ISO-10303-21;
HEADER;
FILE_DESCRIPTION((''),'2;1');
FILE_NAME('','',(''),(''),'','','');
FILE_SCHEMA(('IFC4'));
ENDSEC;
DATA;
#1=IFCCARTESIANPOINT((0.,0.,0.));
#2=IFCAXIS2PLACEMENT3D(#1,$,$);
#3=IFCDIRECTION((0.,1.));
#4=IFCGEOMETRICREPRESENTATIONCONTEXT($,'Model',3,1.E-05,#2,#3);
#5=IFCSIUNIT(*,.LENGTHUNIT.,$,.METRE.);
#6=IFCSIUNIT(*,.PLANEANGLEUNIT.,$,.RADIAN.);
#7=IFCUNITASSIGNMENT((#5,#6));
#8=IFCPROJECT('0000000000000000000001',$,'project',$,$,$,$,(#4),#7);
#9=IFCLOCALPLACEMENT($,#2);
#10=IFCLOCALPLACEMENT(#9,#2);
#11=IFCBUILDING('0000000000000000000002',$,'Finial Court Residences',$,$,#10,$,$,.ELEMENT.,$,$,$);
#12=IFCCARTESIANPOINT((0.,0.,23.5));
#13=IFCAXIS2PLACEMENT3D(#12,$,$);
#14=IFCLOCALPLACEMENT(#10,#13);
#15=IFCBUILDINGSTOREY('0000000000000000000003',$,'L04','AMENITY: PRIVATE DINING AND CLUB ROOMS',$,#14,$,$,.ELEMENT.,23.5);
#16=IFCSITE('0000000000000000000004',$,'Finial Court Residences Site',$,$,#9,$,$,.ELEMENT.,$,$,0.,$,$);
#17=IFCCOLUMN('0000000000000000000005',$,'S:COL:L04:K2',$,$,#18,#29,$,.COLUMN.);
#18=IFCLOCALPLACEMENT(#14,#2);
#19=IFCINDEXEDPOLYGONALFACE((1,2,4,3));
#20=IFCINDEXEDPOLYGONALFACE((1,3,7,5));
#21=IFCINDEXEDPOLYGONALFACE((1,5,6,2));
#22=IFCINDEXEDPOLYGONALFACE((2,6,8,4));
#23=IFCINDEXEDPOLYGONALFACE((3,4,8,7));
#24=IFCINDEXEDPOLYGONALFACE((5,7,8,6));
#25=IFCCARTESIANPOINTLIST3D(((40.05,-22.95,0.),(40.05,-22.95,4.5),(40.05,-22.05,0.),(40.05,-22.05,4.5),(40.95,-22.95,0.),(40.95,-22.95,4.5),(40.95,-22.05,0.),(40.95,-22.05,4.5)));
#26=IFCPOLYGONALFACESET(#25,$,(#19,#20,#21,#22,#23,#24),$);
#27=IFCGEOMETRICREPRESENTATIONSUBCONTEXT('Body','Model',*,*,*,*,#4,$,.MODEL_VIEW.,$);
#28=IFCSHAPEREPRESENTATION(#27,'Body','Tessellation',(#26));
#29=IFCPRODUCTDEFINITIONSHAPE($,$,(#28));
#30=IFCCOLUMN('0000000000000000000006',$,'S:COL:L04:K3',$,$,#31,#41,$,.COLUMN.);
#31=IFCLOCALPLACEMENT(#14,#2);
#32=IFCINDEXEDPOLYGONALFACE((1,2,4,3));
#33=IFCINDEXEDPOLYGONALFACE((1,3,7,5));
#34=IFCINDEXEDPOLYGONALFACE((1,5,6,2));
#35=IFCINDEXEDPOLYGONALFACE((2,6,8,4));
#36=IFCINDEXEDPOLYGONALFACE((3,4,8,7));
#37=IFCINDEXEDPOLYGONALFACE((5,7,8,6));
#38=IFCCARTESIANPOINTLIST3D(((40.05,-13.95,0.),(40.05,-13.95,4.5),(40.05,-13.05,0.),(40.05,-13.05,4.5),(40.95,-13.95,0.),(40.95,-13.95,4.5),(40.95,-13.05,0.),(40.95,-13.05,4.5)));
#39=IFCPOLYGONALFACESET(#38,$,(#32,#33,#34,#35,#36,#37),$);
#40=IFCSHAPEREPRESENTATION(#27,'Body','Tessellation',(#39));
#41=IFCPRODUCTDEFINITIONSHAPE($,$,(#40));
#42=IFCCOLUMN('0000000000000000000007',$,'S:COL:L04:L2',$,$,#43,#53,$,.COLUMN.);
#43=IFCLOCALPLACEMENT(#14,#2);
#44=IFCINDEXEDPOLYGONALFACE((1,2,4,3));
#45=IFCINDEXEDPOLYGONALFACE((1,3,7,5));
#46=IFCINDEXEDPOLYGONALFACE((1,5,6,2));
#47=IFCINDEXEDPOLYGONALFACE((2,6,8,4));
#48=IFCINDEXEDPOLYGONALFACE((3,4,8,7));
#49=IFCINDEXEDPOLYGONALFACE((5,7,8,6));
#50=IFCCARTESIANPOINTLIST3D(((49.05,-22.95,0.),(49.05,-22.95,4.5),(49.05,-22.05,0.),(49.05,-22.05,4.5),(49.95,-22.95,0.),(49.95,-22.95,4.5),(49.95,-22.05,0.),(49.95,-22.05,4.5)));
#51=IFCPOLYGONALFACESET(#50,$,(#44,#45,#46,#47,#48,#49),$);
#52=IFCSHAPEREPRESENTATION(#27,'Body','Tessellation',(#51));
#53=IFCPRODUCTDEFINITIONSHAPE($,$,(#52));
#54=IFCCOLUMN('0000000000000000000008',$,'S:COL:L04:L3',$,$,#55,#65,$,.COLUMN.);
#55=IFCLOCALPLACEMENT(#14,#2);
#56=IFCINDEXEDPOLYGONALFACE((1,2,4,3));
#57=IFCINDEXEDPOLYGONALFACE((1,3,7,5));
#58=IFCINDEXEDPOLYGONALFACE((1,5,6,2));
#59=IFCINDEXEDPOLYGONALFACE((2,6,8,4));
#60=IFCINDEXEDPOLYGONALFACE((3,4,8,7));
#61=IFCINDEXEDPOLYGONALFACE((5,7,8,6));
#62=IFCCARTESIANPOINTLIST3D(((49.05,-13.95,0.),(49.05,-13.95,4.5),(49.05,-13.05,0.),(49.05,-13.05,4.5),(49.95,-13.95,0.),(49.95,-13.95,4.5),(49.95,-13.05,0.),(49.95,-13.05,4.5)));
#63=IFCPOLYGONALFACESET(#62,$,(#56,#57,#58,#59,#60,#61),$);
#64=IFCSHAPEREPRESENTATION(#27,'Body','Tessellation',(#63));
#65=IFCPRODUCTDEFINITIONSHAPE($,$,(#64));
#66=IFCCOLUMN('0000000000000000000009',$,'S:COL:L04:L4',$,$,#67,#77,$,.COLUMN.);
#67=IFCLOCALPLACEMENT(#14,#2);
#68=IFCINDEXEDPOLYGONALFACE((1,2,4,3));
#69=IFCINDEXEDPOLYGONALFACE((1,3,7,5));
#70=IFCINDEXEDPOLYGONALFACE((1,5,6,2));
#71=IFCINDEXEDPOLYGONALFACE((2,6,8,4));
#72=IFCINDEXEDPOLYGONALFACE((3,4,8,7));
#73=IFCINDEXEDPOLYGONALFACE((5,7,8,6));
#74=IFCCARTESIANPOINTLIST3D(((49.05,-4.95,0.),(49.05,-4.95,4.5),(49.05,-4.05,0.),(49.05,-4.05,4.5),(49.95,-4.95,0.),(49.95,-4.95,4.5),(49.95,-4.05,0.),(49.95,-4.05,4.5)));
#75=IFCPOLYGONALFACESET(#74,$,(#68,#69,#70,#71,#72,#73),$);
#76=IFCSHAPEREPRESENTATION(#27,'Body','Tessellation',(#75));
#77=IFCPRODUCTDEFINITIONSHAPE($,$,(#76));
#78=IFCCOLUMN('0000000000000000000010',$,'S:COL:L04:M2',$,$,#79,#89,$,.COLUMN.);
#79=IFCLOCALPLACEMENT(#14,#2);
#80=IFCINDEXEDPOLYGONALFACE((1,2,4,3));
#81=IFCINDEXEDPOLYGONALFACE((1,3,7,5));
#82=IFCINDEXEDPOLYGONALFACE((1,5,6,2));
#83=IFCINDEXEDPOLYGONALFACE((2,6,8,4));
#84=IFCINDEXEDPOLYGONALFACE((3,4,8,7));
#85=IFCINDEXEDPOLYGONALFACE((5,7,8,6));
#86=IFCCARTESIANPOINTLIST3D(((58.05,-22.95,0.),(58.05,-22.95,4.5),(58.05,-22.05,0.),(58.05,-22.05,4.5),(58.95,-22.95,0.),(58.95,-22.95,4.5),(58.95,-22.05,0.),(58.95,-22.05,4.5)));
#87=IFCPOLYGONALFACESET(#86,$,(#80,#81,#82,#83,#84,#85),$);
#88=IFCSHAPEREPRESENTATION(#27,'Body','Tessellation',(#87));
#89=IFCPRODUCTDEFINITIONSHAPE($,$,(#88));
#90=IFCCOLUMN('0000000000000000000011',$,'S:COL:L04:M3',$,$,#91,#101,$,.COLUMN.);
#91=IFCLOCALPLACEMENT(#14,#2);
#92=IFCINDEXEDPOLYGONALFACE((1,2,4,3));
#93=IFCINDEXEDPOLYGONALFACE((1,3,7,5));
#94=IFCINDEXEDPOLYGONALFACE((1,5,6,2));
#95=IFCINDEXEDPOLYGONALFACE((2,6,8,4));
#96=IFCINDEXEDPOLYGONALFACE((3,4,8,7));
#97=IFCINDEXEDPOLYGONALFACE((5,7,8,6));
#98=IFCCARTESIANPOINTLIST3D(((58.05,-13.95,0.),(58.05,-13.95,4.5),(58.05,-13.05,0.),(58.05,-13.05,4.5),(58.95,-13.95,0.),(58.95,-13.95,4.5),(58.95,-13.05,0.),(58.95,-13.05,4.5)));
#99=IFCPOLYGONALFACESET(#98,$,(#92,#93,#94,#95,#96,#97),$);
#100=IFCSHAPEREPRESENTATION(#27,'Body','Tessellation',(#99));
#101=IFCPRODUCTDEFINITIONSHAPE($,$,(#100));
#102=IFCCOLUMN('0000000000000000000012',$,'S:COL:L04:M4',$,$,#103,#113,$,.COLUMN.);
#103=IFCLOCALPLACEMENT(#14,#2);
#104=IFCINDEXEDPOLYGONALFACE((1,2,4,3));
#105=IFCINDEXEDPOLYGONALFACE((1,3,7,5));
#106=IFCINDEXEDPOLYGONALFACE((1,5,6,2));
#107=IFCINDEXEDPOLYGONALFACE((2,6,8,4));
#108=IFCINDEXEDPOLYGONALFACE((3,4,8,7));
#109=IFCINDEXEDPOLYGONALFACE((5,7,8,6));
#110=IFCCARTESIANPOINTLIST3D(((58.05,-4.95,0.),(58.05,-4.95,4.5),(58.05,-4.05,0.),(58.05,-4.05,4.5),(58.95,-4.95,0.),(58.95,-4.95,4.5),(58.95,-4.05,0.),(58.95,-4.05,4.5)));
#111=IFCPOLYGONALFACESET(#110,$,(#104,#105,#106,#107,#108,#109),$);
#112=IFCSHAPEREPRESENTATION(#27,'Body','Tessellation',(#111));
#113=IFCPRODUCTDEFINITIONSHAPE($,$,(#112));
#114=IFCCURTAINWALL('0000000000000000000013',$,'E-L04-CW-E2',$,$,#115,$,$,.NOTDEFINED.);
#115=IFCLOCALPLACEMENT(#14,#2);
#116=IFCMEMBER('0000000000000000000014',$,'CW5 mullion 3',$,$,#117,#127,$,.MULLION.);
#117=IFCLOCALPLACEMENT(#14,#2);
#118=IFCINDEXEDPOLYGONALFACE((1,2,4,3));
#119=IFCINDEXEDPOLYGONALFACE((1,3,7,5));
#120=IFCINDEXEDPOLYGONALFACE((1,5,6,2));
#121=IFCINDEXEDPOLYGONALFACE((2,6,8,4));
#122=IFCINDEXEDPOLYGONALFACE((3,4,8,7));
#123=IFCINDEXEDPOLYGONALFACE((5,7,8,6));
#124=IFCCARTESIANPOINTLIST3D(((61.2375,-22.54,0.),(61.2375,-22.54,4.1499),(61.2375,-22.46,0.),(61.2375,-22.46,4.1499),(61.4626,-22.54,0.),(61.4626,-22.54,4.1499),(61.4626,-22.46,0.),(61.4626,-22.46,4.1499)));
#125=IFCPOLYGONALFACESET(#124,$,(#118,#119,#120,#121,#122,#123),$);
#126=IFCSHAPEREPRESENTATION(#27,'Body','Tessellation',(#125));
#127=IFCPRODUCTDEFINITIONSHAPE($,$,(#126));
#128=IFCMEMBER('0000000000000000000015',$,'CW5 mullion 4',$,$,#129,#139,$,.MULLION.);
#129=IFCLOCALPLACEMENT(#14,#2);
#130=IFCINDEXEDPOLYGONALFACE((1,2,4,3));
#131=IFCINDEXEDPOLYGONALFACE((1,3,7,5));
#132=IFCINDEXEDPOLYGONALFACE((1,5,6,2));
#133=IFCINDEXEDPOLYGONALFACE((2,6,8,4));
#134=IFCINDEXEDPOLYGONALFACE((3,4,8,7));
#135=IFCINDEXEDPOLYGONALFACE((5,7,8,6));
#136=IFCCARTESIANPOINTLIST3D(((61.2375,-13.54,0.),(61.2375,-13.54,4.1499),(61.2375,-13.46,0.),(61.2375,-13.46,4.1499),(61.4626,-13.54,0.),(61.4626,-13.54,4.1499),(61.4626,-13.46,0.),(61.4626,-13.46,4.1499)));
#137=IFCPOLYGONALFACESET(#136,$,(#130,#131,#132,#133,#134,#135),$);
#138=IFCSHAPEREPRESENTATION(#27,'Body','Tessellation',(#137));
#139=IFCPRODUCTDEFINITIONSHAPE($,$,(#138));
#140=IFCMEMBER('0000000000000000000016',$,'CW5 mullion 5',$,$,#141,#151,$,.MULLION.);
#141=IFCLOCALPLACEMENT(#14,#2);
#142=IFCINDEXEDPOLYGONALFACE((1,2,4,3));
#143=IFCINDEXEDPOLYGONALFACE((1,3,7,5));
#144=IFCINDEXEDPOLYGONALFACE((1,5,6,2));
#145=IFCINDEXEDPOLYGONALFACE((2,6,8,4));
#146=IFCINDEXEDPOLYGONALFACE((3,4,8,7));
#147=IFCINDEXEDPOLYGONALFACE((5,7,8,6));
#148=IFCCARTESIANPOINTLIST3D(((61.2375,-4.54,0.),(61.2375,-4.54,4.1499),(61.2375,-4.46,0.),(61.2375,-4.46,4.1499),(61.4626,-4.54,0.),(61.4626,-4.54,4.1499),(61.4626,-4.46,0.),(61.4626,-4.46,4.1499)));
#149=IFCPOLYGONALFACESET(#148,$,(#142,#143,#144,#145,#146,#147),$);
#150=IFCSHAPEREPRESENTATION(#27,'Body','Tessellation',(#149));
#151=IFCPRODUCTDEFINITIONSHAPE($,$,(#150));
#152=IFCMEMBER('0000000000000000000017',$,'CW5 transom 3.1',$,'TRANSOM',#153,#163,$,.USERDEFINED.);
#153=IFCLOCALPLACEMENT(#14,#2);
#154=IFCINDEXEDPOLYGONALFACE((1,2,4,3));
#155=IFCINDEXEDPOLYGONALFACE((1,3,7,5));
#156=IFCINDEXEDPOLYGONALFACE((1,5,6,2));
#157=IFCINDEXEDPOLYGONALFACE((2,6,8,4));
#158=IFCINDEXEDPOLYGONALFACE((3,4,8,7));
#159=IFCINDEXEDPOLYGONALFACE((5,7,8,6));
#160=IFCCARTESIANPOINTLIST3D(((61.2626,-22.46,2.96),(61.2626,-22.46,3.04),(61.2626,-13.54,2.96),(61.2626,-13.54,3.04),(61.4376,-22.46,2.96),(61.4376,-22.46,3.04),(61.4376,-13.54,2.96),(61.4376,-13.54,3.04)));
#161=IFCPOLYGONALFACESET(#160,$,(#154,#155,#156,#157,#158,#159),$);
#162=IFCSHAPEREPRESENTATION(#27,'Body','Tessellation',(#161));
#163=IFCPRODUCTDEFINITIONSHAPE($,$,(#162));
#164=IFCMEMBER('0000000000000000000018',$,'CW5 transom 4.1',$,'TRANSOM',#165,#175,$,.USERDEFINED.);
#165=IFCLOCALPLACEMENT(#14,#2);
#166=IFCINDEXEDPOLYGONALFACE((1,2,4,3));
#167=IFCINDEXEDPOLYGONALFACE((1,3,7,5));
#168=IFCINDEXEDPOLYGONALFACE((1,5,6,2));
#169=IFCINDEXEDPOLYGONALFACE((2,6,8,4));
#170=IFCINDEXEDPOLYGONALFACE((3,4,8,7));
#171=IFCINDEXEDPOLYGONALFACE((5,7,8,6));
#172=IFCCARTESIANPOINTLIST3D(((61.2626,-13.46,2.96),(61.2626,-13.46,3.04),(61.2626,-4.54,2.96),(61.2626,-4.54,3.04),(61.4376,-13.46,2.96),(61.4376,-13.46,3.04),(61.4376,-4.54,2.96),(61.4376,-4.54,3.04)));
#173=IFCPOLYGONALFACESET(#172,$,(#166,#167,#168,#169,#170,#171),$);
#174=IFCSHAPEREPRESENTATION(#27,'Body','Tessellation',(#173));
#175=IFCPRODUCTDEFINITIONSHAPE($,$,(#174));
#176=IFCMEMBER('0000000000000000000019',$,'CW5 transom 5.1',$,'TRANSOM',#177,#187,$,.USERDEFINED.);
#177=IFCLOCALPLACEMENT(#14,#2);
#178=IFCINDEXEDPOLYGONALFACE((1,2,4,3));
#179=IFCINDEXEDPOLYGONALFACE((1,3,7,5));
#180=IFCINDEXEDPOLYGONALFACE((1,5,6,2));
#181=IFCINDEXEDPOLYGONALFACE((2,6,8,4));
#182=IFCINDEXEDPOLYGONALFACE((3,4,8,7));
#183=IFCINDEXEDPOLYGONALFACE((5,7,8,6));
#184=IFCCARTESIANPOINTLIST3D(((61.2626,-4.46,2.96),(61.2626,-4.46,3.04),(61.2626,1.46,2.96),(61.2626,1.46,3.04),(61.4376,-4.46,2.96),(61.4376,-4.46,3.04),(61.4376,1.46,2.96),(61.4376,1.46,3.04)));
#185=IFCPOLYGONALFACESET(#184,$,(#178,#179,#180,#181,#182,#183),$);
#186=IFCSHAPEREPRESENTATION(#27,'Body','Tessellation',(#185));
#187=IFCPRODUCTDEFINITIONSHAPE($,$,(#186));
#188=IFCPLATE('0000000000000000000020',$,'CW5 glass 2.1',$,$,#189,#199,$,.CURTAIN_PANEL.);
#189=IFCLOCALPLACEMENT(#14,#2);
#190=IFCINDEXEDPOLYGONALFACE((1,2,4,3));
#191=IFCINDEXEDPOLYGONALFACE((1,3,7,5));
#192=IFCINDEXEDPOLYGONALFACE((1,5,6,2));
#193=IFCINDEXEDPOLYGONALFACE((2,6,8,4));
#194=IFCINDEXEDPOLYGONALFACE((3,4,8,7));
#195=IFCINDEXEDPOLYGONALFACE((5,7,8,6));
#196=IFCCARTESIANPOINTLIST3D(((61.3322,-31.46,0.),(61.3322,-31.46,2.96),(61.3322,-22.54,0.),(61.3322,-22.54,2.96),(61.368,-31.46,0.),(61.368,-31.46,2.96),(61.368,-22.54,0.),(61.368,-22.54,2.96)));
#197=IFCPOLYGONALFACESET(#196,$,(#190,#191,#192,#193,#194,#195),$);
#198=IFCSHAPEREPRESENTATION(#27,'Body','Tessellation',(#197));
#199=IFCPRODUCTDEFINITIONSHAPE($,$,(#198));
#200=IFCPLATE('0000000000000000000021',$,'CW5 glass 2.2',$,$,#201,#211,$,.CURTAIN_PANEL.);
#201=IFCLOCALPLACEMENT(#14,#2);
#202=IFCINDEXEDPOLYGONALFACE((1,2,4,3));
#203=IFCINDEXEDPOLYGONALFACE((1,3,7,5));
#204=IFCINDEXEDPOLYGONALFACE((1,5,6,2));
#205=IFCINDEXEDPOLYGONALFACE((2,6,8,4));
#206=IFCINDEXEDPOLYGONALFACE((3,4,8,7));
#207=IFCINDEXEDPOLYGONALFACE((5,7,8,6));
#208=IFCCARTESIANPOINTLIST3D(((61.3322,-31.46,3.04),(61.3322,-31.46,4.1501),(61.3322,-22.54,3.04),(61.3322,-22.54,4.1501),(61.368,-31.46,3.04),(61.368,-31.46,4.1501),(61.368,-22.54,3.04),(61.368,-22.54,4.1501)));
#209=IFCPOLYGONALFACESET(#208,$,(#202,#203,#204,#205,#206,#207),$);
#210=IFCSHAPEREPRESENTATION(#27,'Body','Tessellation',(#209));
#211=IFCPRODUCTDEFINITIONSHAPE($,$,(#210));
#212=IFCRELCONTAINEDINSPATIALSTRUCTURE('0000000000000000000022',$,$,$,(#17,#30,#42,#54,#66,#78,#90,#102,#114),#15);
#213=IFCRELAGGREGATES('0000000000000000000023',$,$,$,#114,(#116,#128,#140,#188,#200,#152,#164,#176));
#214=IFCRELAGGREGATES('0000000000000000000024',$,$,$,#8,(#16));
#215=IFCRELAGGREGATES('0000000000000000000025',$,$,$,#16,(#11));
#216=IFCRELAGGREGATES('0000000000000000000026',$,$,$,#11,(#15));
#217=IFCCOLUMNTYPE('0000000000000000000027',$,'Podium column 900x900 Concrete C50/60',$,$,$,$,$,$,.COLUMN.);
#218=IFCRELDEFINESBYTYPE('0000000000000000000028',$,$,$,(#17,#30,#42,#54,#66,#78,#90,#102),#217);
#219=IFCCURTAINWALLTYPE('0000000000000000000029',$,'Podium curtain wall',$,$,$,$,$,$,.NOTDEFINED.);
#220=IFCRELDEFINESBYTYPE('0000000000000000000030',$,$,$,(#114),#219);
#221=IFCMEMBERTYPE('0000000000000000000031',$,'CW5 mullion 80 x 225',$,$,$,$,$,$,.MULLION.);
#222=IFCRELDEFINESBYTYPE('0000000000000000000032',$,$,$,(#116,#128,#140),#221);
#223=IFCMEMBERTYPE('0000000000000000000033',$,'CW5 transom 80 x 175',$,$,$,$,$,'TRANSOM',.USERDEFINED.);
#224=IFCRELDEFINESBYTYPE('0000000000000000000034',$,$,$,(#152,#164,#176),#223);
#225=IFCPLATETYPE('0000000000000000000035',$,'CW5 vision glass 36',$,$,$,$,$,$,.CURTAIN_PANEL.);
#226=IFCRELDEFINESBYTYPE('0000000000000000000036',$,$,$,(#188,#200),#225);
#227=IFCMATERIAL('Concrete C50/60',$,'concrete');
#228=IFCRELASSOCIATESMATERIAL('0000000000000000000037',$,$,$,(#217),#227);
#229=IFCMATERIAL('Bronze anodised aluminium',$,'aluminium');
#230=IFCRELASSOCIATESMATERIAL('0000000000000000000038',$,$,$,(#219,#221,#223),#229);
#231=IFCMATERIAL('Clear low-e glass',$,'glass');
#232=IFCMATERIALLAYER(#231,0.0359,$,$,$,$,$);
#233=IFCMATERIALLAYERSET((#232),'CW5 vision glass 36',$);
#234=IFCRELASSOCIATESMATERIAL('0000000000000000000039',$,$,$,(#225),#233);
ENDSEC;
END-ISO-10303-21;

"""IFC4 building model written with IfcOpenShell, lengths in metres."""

from ifc_helpers import new_model, si_unit, direction, frame, origin, origin_2d, place, context, subcontext, project, spatial, rectangle, extrude, material, layer, layer_set, material_profile, profile_set, type_object, element, aggregate, save


model = new_model("IFC4")

# Units and contexts
model_context = context("Model", 3, precision=1e-05, world=origin(), true_north=direction((0.0, 1.0)))
body_context = subcontext(model_context, "Body", "Model", "MODEL_VIEW")
ifc_project = project(units=[si_unit("LENGTHUNIT", "METRE"), si_unit("PLANEANGLEUNIT", "RADIAN")], contexts=[model_context])

# Site, building, storey
site_placement = place(None, origin())
site = spatial("IfcSite", under=ifc_project, at=site_placement, Name="Finial Court Residences Site", CompositionType="ELEMENT", RefElevation=0.0)
building_placement = place(site_placement, origin())
building = spatial("IfcBuilding", under=site, at=building_placement, Name="Finial Court Residences", CompositionType="ELEMENT")
storey_placement = place(building_placement, frame((0.0, 0.0, 23.5)))
storey = spatial("IfcBuildingStorey", under=building, at=storey_placement, Name="L04", Description="AMENITY: PRIVATE DINING AND CLUB ROOMS", CompositionType="ELEMENT", Elevation=23.5)

# Columns
ifc_material_1 = material(Name="Concrete C50/60", Category="concrete")
ifc_material_profile_1 = material_profile(ifc_material_1, rectangle(XDim=0.8999, YDim=0.8999, at=origin_2d()), Name="900x900")
ifc_profile_set_1 = profile_set([ifc_material_profile_1], Name="Concrete C50/60")
column_type = type_object("IfcColumnType", Name="Podium column 900x900 Concrete C50/60", PredefinedType="COLUMN", material=ifc_profile_set_1)
for number, where, z_axis, x_axis, name in (
    (1, (40.5, -22.5, 0.0), (0.0, 0.0, 1.0), (1.0, 0.0, 0.0), "S:COL:L04:K2"),
    (2, (40.5, -13.5, 0.0), (0.0, 0.0, 1.0), (1.0, 0.0, 0.0), "S:COL:L04:K3"),
    (3, (49.5, -22.5, 0.0), (0.0, 0.0, 1.0), (1.0, 0.0, 0.0), "S:COL:L04:L2"),
    (4, (49.5, -13.5, 0.0), (0.0, 0.0, 1.0), (1.0, 0.0, 0.0), "S:COL:L04:L3"),
    (5, (49.5, -4.5, 0.0), (0.0, 0.0, 1.0), (1.0, 0.0, 0.0), "S:COL:L04:L4"),
    (6, (58.5, -22.5, 0.0), (0.0, 0.0, 1.0), (1.0, 0.0, 0.0), "S:COL:L04:M2"),
    (7, (58.5, -13.5, 0.0), (0.0, 0.0, 1.0), (1.0, 0.0, 0.0), "S:COL:L04:M3"),
    (8, (58.5, -4.5, 0.0), (0.0, 0.0, 1.0), (1.0, 0.0, 0.0), "S:COL:L04:M4"),
):
    element("IfcColumn", number, at=place(storey_placement, frame(where, z_axis=z_axis, x_axis=x_axis)), inside=storey, type_object=column_type, Name=name, PredefinedType="COLUMN", context=body_context, shape_type="SweptSolid", body=[
        extrude(rectangle(XDim=0.8999, YDim=0.8999, at=origin_2d()), origin(), (0.0, 0.0, 1.0), 4.5),
    ])

# Curtain wall, members, plates
ifc_material_2 = material(Name="Bronze anodised aluminium", Category="aluminium")
curtain_wall_type = type_object("IfcCurtainWallType", Name="Podium curtain wall", PredefinedType="NOTDEFINED", material=ifc_material_2)
curtain_wall_placement = place(storey_placement, origin())
curtain_wall = element("IfcCurtainWall", 9, at=curtain_wall_placement, inside=storey, type_object=curtain_wall_type, Name="E-L04-CW-E2", PredefinedType="NOTDEFINED")
ifc_material_profile_2 = material_profile(ifc_material_2, rectangle(XDim=0.2251, YDim=0.0801, at=origin_2d()), Name="CW5 mullion 80 x 225")
ifc_profile_set_2 = profile_set([ifc_material_profile_2], Name="Bronze anodised aluminium")
member_type_1 = type_object("IfcMemberType", Name="CW5 mullion 80 x 225", PredefinedType="MULLION", material=ifc_profile_set_2)
member_1_placement = place(storey_placement, frame((61.3501, -22.5, 0.0), z_axis=(0.0, 0.0, 1.0), x_axis=(-1.0, 0.0, 0.0)))
member_1 = element("IfcMember", 10, at=member_1_placement, type_object=member_type_1, Name="CW5 mullion 3", PredefinedType="MULLION", context=body_context, shape_type="SweptSolid", body=[
    extrude(rectangle(XDim=0.2251, YDim=0.0801, at=origin_2d()), origin(), (0.0, 0.0, 1.0), 4.1499),
])
member_2_placement = place(storey_placement, frame((61.3501, -13.5, 0.0), z_axis=(0.0, 0.0, 1.0), x_axis=(-1.0, 0.0, 0.0)))
member_2 = element("IfcMember", 11, at=member_2_placement, type_object=member_type_1, Name="CW5 mullion 4", PredefinedType="MULLION", context=body_context, shape_type="SweptSolid", body=[
    extrude(rectangle(XDim=0.2251, YDim=0.0801, at=origin_2d()), origin(), (0.0, 0.0, 1.0), 4.1499),
])
member_3_placement = place(storey_placement, frame((61.3501, -4.5, 0.0), z_axis=(0.0, 0.0, 1.0), x_axis=(-1.0, 0.0, 0.0)))
member_3 = element("IfcMember", 12, at=member_3_placement, type_object=member_type_1, Name="CW5 mullion 5", PredefinedType="MULLION", context=body_context, shape_type="SweptSolid", body=[
    extrude(rectangle(XDim=0.2251, YDim=0.0801, at=origin_2d()), origin(), (0.0, 0.0, 1.0), 4.1499),
])
ifc_material_profile_3 = material_profile(ifc_material_2, rectangle(XDim=0.175, YDim=0.0801, at=origin_2d()), Name="CW5 transom 80 x 175")
ifc_profile_set_3 = profile_set([ifc_material_profile_3], Name="Bronze anodised aluminium")
member_type_2 = type_object("IfcMemberType", Name="CW5 transom 80 x 175", ElementType="TRANSOM", PredefinedType="USERDEFINED", material=ifc_profile_set_3)
member_4_placement = place(storey_placement, frame((61.3501, -22.46, 3.0), z_axis=(0.0, 1.0, 0.0), x_axis=(-1.0, 0.0, 0.0)))
member_4 = element("IfcMember", 13, at=member_4_placement, type_object=member_type_2, Name="CW5 transom 3.1", ObjectType="TRANSOM", PredefinedType="USERDEFINED", context=body_context, shape_type="SweptSolid", body=[
    extrude(rectangle(XDim=0.175, YDim=0.0801, at=origin_2d()), origin(), (0.0, 0.0, 1.0), 8.9199),
])
member_5_placement = place(storey_placement, frame((61.3501, -13.46, 3.0), z_axis=(0.0, 1.0, 0.0), x_axis=(-1.0, 0.0, 0.0)))
member_5 = element("IfcMember", 14, at=member_5_placement, type_object=member_type_2, Name="CW5 transom 4.1", ObjectType="TRANSOM", PredefinedType="USERDEFINED", context=body_context, shape_type="SweptSolid", body=[
    extrude(rectangle(XDim=0.175, YDim=0.0801, at=origin_2d()), origin(), (0.0, 0.0, 1.0), 8.9199),
])
member_6_placement = place(storey_placement, frame((61.3501, -4.46, 3.0), z_axis=(0.0, 1.0, 0.0), x_axis=(-1.0, 0.0, 0.0)))
member_6 = element("IfcMember", 15, at=member_6_placement, type_object=member_type_2, Name="CW5 transom 5.1", ObjectType="TRANSOM", PredefinedType="USERDEFINED", context=body_context, shape_type="SweptSolid", body=[
    extrude(rectangle(XDim=0.175, YDim=0.0801, at=origin_2d()), origin(), (0.0, 0.0, 1.0), 5.9199),
])
ifc_material_3 = material(Name="Clear low-e glass", Category="glass")
ifc_layer_1 = layer(ifc_material_3, 0.0359)
ifc_layer_set_1 = layer_set([ifc_layer_1], Name="CW5 vision glass 36")
plate_type = type_object("IfcPlateType", Name="CW5 vision glass 36", PredefinedType="CURTAIN_PANEL", material=ifc_layer_set_1)
plate_1_placement = place(storey_placement, frame((61.3501, -27.0, 0.0), z_axis=(0.0, 0.0, 1.0), x_axis=(0.0, 1.0, 0.0)))
plate_1 = element("IfcPlate", 16, at=plate_1_placement, type_object=plate_type, Name="CW5 glass 2.1", PredefinedType="CURTAIN_PANEL", context=body_context, shape_type="SweptSolid", body=[
    extrude(rectangle(XDim=8.9199, YDim=0.0359, at=origin_2d()), origin(), (0.0, 0.0, 1.0), 2.96),
])
plate_2_placement = place(storey_placement, frame((61.3501, -27.0, 3.04), z_axis=(0.0, 0.0, 1.0), x_axis=(0.0, 1.0, 0.0)))
plate_2 = element("IfcPlate", 17, at=plate_2_placement, type_object=plate_type, Name="CW5 glass 2.2", PredefinedType="CURTAIN_PANEL", context=body_context, shape_type="SweptSolid", body=[
    extrude(rectangle(XDim=8.9199, YDim=0.0359, at=origin_2d()), origin(), (0.0, 0.0, 1.0), 1.1101),
])
aggregate(curtain_wall, [member_1, member_2, member_3, plate_1, plate_2, member_4, member_5, member_6])

save(model, "model.ifc")
